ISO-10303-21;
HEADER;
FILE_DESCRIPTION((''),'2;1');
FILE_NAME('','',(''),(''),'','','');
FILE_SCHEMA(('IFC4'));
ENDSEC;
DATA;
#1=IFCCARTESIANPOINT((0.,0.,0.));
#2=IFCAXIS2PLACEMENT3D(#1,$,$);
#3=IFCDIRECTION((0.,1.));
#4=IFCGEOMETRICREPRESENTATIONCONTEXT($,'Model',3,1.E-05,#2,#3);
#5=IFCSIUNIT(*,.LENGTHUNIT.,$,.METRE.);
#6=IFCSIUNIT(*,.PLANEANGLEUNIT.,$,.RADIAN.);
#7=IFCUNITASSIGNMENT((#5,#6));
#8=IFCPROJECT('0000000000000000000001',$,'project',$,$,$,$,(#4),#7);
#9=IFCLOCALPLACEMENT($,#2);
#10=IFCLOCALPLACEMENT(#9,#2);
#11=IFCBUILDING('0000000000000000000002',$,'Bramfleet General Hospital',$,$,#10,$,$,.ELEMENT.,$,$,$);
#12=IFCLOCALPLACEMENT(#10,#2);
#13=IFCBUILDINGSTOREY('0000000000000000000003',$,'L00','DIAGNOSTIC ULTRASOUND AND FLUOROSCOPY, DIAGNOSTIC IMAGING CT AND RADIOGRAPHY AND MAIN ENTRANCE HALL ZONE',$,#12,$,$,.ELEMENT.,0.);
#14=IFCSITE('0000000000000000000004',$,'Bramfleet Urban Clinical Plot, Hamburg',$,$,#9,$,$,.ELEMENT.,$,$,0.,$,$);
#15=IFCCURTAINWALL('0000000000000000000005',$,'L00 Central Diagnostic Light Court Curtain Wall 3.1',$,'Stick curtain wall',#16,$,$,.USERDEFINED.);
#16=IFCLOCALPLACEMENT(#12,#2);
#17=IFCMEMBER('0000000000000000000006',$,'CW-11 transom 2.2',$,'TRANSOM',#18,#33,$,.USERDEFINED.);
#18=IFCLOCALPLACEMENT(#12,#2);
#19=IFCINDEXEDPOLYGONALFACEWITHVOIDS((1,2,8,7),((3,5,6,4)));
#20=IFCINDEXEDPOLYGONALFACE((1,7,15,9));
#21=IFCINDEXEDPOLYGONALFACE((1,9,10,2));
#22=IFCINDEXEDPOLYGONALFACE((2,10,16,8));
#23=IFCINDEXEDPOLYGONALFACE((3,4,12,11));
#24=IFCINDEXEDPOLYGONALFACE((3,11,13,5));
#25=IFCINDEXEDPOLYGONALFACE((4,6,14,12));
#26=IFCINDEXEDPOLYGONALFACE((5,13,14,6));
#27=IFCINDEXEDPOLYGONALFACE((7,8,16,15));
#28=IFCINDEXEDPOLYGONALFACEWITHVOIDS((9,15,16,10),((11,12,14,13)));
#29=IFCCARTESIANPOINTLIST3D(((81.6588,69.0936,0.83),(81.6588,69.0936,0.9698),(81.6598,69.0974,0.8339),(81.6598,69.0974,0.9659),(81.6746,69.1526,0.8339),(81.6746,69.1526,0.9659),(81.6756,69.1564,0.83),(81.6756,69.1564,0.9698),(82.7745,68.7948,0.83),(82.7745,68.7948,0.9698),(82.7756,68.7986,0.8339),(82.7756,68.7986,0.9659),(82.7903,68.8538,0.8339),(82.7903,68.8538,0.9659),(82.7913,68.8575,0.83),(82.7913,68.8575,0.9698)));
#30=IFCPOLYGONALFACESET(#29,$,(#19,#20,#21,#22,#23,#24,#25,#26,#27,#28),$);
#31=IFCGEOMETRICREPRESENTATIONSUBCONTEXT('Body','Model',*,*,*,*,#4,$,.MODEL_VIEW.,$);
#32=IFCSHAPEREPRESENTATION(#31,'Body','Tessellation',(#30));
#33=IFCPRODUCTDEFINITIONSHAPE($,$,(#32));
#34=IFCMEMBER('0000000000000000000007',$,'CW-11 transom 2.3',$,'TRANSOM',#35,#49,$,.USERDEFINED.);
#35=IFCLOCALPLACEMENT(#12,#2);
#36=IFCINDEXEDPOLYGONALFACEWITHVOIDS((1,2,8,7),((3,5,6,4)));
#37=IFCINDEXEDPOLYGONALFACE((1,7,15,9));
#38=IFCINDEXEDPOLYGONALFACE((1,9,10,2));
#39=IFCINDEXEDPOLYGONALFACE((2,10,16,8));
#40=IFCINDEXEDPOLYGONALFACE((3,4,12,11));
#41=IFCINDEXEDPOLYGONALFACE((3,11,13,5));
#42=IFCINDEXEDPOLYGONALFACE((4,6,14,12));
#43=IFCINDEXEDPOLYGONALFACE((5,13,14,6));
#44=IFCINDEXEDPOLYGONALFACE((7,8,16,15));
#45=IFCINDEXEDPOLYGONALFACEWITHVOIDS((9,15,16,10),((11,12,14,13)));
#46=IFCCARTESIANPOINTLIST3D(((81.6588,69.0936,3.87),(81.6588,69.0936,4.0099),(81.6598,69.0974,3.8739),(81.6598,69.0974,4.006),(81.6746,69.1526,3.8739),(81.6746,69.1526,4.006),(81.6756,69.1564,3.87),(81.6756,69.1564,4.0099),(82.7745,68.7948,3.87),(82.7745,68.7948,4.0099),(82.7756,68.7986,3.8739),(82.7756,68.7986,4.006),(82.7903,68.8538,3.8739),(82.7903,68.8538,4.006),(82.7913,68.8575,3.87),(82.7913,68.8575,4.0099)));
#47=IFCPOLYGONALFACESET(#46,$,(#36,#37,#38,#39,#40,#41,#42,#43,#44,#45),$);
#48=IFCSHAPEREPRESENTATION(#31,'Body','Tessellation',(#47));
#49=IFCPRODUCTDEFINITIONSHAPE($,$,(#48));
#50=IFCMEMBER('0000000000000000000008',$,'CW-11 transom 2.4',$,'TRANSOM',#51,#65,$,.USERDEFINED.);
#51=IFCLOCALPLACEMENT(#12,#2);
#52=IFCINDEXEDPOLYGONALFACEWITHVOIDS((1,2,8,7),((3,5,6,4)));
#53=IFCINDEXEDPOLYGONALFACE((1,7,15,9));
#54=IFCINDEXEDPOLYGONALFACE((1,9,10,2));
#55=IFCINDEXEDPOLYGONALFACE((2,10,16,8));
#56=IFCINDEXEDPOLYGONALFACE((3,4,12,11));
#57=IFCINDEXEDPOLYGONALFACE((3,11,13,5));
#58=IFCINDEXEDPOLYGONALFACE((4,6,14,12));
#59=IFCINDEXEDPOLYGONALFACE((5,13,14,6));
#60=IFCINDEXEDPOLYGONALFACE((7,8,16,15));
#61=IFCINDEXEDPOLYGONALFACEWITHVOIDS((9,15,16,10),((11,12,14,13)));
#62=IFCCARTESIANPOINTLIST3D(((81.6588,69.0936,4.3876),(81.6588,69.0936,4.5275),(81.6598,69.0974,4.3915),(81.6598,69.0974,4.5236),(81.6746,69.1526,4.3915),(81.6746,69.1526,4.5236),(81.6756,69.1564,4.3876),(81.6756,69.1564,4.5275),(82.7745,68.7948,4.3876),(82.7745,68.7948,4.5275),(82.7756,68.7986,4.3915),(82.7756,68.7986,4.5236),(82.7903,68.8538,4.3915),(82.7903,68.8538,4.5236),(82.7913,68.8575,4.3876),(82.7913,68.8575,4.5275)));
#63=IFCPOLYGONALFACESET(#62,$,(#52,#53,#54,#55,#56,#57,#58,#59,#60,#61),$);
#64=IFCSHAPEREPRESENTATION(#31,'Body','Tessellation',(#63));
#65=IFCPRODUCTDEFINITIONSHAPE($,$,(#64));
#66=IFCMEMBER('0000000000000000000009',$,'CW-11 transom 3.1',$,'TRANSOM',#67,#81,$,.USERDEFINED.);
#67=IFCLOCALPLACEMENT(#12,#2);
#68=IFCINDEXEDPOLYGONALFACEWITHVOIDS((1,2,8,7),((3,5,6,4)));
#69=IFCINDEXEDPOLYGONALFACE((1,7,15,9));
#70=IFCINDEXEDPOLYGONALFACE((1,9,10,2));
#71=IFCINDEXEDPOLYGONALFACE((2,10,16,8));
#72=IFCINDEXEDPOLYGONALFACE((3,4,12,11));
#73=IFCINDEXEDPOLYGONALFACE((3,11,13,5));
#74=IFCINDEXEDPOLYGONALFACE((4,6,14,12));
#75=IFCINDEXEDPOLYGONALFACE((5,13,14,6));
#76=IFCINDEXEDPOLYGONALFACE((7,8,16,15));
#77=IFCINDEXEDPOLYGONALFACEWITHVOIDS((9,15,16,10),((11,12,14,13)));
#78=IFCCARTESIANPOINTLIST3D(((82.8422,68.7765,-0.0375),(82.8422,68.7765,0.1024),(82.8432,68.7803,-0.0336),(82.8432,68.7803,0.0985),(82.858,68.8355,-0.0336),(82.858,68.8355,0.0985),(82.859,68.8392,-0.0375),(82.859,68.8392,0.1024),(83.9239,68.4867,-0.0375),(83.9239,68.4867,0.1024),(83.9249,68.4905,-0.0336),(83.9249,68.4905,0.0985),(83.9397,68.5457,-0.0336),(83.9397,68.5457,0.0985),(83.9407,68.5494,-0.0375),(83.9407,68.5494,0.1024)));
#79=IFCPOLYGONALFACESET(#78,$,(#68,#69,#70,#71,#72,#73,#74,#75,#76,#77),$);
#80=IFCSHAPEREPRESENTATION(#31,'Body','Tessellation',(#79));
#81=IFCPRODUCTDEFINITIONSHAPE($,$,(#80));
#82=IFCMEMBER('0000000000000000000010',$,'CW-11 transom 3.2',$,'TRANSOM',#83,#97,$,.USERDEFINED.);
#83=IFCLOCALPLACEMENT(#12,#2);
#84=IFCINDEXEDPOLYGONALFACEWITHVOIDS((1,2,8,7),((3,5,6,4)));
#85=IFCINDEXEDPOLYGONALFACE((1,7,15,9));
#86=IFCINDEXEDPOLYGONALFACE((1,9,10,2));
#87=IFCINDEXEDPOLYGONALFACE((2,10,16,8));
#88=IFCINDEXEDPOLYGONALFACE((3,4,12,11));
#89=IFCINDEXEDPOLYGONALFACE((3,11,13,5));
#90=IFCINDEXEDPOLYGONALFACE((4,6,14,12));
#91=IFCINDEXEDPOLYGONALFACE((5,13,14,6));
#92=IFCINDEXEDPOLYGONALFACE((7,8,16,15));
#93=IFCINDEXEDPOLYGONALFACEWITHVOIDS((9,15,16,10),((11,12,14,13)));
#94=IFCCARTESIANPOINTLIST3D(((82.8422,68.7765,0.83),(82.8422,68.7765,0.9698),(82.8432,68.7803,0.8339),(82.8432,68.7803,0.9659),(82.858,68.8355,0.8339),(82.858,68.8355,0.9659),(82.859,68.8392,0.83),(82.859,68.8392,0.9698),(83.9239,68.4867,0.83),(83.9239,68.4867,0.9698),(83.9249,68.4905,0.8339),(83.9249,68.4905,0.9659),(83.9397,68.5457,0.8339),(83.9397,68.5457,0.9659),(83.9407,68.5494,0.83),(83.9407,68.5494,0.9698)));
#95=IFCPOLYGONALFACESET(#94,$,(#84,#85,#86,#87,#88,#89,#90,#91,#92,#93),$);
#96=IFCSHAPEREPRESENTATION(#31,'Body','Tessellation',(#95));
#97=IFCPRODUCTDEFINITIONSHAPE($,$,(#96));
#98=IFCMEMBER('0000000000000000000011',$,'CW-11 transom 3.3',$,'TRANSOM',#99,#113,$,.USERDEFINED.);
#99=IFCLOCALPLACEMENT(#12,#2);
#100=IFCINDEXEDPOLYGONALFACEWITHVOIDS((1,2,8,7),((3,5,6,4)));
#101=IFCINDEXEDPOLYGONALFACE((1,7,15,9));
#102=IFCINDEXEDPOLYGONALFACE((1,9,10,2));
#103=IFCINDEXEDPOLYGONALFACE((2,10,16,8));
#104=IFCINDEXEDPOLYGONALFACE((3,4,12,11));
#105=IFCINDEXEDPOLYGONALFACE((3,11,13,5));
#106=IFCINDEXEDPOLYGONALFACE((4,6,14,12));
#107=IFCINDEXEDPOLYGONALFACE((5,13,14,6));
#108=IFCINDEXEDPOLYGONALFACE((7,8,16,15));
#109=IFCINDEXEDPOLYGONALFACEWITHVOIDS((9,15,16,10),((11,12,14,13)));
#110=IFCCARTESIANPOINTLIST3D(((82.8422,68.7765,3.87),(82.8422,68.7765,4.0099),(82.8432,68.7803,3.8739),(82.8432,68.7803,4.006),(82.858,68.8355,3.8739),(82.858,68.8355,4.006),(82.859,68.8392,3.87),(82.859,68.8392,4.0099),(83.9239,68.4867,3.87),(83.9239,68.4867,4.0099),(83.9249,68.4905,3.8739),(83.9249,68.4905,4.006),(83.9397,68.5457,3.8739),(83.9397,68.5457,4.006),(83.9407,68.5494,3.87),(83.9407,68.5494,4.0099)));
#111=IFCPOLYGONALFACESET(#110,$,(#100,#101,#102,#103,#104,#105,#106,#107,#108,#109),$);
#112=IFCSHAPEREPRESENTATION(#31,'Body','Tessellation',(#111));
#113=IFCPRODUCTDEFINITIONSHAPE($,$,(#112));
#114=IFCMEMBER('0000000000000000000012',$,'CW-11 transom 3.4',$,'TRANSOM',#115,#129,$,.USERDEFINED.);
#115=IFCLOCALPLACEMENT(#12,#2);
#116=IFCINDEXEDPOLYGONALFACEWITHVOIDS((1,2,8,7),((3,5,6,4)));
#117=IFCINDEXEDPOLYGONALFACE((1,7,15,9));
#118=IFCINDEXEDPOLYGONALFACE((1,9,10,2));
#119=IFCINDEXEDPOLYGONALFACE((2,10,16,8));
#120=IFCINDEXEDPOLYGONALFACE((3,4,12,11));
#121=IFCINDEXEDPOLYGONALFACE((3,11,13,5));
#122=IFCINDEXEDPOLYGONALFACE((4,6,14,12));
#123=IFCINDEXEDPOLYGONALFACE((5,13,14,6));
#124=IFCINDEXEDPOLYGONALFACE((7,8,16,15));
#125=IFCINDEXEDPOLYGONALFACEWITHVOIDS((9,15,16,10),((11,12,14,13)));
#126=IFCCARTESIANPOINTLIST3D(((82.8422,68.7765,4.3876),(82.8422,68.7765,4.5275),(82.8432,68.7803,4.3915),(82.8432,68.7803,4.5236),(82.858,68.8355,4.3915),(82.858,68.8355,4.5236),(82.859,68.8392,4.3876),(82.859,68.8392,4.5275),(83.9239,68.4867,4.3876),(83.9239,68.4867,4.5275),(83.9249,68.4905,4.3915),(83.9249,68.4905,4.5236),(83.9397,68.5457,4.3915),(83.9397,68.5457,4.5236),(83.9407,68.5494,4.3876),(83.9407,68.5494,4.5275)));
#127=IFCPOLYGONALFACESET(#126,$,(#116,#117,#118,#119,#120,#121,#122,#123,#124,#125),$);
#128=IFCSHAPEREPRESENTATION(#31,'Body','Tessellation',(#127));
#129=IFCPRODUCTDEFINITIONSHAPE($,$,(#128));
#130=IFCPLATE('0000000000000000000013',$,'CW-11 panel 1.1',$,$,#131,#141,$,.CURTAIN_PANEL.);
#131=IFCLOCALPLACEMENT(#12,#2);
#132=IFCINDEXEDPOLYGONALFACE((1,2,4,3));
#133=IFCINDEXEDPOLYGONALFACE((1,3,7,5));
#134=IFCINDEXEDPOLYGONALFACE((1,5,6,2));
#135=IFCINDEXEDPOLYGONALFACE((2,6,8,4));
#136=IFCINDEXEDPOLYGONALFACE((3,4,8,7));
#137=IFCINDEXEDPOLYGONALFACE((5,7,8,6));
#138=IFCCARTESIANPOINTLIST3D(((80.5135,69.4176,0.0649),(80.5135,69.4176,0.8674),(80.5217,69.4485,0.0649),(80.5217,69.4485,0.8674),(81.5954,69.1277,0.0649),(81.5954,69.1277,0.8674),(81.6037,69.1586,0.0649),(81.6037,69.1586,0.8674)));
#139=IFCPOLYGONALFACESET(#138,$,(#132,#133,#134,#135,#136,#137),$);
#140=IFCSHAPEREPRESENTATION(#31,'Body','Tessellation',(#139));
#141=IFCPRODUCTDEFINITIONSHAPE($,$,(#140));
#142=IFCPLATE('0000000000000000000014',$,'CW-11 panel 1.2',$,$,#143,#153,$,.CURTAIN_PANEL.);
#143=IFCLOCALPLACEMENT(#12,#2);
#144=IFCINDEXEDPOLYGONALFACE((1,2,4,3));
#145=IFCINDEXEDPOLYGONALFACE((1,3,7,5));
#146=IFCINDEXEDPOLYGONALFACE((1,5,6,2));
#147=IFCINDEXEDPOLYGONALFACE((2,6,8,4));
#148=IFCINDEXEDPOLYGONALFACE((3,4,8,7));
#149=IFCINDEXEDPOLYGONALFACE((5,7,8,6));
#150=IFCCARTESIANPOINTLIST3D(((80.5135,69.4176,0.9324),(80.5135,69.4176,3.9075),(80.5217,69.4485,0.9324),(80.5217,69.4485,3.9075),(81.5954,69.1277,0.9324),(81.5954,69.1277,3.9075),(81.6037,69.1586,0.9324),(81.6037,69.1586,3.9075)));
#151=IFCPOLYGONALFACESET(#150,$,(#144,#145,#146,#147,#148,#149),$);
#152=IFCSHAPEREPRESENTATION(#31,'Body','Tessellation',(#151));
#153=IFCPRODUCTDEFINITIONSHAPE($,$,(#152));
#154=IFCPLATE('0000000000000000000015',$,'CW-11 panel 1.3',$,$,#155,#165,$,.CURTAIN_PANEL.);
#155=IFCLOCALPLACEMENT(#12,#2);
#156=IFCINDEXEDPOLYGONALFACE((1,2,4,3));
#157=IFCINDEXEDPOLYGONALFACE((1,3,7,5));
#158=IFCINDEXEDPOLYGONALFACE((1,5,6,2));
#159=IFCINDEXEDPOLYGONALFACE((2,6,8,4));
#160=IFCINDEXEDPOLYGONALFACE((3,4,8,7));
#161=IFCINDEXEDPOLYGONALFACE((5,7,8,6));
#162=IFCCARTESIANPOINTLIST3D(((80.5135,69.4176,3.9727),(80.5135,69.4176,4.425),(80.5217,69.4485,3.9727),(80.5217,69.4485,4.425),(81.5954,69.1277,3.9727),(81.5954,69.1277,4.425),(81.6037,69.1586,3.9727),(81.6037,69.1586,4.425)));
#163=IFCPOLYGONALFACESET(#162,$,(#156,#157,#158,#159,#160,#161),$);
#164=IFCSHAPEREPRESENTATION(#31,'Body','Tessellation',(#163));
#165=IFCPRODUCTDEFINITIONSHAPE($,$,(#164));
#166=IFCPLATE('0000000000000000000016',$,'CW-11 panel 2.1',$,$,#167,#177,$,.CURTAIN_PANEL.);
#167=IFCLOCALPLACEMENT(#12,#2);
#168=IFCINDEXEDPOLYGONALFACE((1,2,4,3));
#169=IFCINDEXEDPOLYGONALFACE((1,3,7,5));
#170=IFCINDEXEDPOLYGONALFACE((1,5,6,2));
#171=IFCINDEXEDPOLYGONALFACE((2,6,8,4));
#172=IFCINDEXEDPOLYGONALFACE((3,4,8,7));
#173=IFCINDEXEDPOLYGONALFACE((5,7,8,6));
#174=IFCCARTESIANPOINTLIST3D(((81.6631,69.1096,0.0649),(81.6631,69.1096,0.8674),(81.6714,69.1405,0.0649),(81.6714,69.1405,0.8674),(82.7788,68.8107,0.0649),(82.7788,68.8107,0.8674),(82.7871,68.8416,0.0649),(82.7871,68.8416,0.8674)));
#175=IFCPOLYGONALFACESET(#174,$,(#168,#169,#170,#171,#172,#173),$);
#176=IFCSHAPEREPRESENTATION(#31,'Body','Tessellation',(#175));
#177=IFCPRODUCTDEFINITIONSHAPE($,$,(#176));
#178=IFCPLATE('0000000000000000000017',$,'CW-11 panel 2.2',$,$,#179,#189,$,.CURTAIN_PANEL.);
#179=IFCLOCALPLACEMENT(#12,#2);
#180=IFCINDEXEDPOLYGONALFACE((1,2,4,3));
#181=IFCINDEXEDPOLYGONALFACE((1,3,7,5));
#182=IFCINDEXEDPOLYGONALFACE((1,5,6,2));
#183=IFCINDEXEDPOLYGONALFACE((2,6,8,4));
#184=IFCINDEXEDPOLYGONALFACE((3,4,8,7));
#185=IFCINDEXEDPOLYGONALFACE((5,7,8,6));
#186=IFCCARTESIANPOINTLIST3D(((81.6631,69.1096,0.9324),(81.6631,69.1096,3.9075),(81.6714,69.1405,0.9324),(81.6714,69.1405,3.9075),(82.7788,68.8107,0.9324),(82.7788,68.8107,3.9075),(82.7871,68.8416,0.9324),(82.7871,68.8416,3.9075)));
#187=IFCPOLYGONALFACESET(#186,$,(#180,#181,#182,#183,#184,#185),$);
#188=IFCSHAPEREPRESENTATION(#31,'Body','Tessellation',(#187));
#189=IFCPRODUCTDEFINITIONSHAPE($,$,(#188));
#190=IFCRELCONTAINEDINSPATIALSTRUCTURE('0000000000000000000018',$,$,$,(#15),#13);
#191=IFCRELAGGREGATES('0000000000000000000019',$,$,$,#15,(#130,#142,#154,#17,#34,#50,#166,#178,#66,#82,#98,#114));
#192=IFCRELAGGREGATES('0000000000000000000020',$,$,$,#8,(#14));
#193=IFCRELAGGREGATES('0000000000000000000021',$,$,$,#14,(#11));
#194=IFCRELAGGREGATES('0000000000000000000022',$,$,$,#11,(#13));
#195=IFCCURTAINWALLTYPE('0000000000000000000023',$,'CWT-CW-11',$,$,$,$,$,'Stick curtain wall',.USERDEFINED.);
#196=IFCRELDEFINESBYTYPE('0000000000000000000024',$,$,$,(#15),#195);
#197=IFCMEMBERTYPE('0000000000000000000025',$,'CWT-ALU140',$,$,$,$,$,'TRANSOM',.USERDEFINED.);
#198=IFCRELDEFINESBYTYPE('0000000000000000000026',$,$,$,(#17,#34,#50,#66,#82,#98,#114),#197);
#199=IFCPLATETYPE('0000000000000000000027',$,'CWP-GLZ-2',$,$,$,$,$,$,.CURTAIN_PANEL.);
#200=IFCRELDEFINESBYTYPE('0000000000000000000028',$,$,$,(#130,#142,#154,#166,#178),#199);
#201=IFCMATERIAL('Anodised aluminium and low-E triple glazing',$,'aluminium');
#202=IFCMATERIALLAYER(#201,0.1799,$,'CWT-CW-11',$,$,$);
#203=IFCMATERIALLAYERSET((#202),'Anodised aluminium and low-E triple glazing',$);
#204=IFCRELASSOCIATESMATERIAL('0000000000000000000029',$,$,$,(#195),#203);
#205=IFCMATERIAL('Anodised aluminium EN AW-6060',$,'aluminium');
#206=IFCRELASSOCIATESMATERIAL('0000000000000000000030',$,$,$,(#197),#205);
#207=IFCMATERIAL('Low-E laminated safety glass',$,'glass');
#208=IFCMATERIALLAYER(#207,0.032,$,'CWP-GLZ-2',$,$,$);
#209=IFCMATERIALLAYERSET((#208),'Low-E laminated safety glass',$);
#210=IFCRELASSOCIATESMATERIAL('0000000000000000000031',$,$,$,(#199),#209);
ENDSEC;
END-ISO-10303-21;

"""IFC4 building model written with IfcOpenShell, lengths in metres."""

from ifc_helpers import new_model, si_unit, direction, frame, origin, origin_2d, place, context, subcontext, project, spatial, rectangle, hollow_rectangle, extrude, material, layer, layer_set, material_profile, profile_set, type_object, element, aggregate, save


model = new_model("IFC4")

# Units and contexts
model_context = context("Model", 3, precision=1e-05, world=origin(), true_north=direction((0.0, 1.0)))
body_context = subcontext(model_context, "Body", "Model", "MODEL_VIEW")
ifc_project = project(units=[si_unit("LENGTHUNIT", "METRE"), si_unit("PLANEANGLEUNIT", "RADIAN")], contexts=[model_context])

# Site, building, storey
site_placement = place(None, origin())
site = spatial("IfcSite", under=ifc_project, at=site_placement, Name="Bramfleet Urban Clinical Plot, Hamburg", CompositionType="ELEMENT", RefElevation=0.0)
building_placement = place(site_placement, origin())
building = spatial("IfcBuilding", under=site, at=building_placement, Name="Bramfleet General Hospital", CompositionType="ELEMENT")
storey_placement = place(building_placement, origin())
storey = spatial("IfcBuildingStorey", under=building, at=storey_placement, Name="L00", Description="DIAGNOSTIC ULTRASOUND AND FLUOROSCOPY, DIAGNOSTIC IMAGING CT AND RADIOGRAPHY AND MAIN ENTRANCE HALL ZONE", CompositionType="ELEMENT", Elevation=0.0)

# Shared definitions
ifc_material_1 = material(Name="Anodised aluminium and low-E triple glazing", Category="aluminium")
ifc_material_2 = material(Name="Anodised aluminium EN AW-6060", Category="aluminium")

# Curtain wall, members, plates
ifc_layer_1 = layer(ifc_material_1, 0.1799, Name="CWT-CW-11")
ifc_layer_set_1 = layer_set([ifc_layer_1], Name="Anodised aluminium and low-E triple glazing")
curtain_wall_type_1 = type_object("IfcCurtainWallType", Name="CWT-CW-11", ElementType="Stick curtain wall", PredefinedType="USERDEFINED", material=ifc_layer_set_1)
curtain_wall_1_placement = place(storey_placement, origin())
curtain_wall_1 = element("IfcCurtainWall", 1, at=curtain_wall_1_placement, inside=storey, type_object=curtain_wall_type_1, Name="L00 Central Diagnostic Light Court Curtain Wall 3.1", ObjectType="Stick curtain wall", PredefinedType="USERDEFINED")
ifc_material_profile_1 = material_profile(ifc_material_2, hollow_rectangle(XDim=0.0649, YDim=0.1399, WallThickness=0.0039, at=origin_2d()), Name="ALU 140x65x4.0")
ifc_profile_set_1 = profile_set([ifc_material_profile_1], Name="Anodised aluminium EN AW-6060")
member_type_1 = type_object("IfcMemberType", Name="CWT-ALU140", ElementType="TRANSOM", PredefinedType="USERDEFINED", material=ifc_profile_set_1)
member_1_placement = place(storey_placement, frame((81.6672, 69.125, 0.8999), z_axis=(0.965954, -0.258715, 0.0), x_axis=(0.258715, 0.965954, 0.0)))
member_1 = element("IfcMember", 2, at=member_1_placement, type_object=member_type_1, Name="CW-11 transom 2.2", ObjectType="TRANSOM", PredefinedType="USERDEFINED", context=body_context, shape_type="SweptSolid", body=[
    extrude(hollow_rectangle(XDim=0.0649, YDim=0.1399, WallThickness=0.0039, at=origin_2d()), origin(), (0.0, 0.0, 1.0), 1.155),
])
member_2_placement = place(storey_placement, frame((81.6672, 69.125, 3.9399), z_axis=(0.965954, -0.258715, 0.0), x_axis=(0.258715, 0.965954, 0.0)))
member_2 = element("IfcMember", 3, at=member_2_placement, type_object=member_type_1, Name="CW-11 transom 2.3", ObjectType="TRANSOM", PredefinedType="USERDEFINED", context=body_context, shape_type="SweptSolid", body=[
    extrude(hollow_rectangle(XDim=0.0649, YDim=0.1399, WallThickness=0.0039, at=origin_2d()), origin(), (0.0, 0.0, 1.0), 1.155),
])
member_3_placement = place(storey_placement, frame((81.6672, 69.125, 4.4575), z_axis=(0.965954, -0.258715, 0.0), x_axis=(0.258715, 0.965954, 0.0)))
member_3 = element("IfcMember", 4, at=member_3_placement, type_object=member_type_1, Name="CW-11 transom 2.4", ObjectType="TRANSOM", PredefinedType="USERDEFINED", context=body_context, shape_type="SweptSolid", body=[
    extrude(hollow_rectangle(XDim=0.0649, YDim=0.1399, WallThickness=0.0039, at=origin_2d()), origin(), (0.0, 0.0, 1.0), 1.155),
])
member_4_placement = place(storey_placement, frame((82.8506, 68.8079, 0.0325), z_axis=(0.965941, -0.258762, 0.0), x_axis=(0.258762, 0.965941, 0.0)))
member_4 = element("IfcMember", 5, at=member_4_placement, type_object=member_type_1, Name="CW-11 transom 3.1", ObjectType="TRANSOM", PredefinedType="USERDEFINED", context=body_context, shape_type="SweptSolid", body=[
    extrude(hollow_rectangle(XDim=0.0649, YDim=0.1399, WallThickness=0.0039, at=origin_2d()), origin(), (0.0, 0.0, 1.0), 1.1199),
])
member_5_placement = place(storey_placement, frame((82.8506, 68.8079, 0.8999), z_axis=(0.965941, -0.258762, 0.0), x_axis=(0.258762, 0.965941, 0.0)))
member_5 = element("IfcMember", 6, at=member_5_placement, type_object=member_type_1, Name="CW-11 transom 3.2", ObjectType="TRANSOM", PredefinedType="USERDEFINED", context=body_context, shape_type="SweptSolid", body=[
    extrude(hollow_rectangle(XDim=0.0649, YDim=0.1399, WallThickness=0.0039, at=origin_2d()), origin(), (0.0, 0.0, 1.0), 1.1199),
])
member_6_placement = place(storey_placement, frame((82.8506, 68.8079, 3.9399), z_axis=(0.965941, -0.258762, 0.0), x_axis=(0.258762, 0.965941, 0.0)))
member_6 = element("IfcMember", 7, at=member_6_placement, type_object=member_type_1, Name="CW-11 transom 3.3", ObjectType="TRANSOM", PredefinedType="USERDEFINED", context=body_context, shape_type="SweptSolid", body=[
    extrude(hollow_rectangle(XDim=0.0649, YDim=0.1399, WallThickness=0.0039, at=origin_2d()), origin(), (0.0, 0.0, 1.0), 1.1199),
])
member_7_placement = place(storey_placement, frame((82.8506, 68.8079, 4.4575), z_axis=(0.965941, -0.258762, 0.0), x_axis=(0.258762, 0.965941, 0.0)))
member_7 = element("IfcMember", 8, at=member_7_placement, type_object=member_type_1, Name="CW-11 transom 3.4", ObjectType="TRANSOM", PredefinedType="USERDEFINED", context=body_context, shape_type="SweptSolid", body=[
    extrude(hollow_rectangle(XDim=0.0649, YDim=0.1399, WallThickness=0.0039, at=origin_2d()), origin(), (0.0, 0.0, 1.0), 1.1199),
])
ifc_material_3 = material(Name="Low-E laminated safety glass", Category="glass")
ifc_layer_2 = layer(ifc_material_3, 0.032, Name="CWP-GLZ-2")
ifc_layer_set_2 = layer_set([ifc_layer_2], Name="Low-E laminated safety glass")
plate_type = type_object("IfcPlateType", Name="CWP-GLZ-2", PredefinedType="CURTAIN_PANEL", material=ifc_layer_set_2)
plate_1_placement = place(storey_placement, frame((81.0586, 69.2881, 0.0649), z_axis=(0.0, 0.0, 1.0), x_axis=(0.965941, -0.258763, 0.0)))
plate_1 = element("IfcPlate", 9, at=plate_1_placement, type_object=plate_type, Name="CW-11 panel 1.1", PredefinedType="CURTAIN_PANEL", context=body_context, shape_type="SweptSolid", body=[
    extrude(rectangle(XDim=1.1201, YDim=0.032, at=origin_2d()), origin(), (0.0, 0.0, 1.0), 0.8025),
])
plate_2_placement = place(storey_placement, frame((81.0586, 69.2881, 0.9324), z_axis=(0.0, 0.0, 1.0), x_axis=(0.965941, -0.258763, 0.0)))
plate_2 = element("IfcPlate", 10, at=plate_2_placement, type_object=plate_type, Name="CW-11 panel 1.2", PredefinedType="CURTAIN_PANEL", context=body_context, shape_type="SweptSolid", body=[
    extrude(rectangle(XDim=1.1201, YDim=0.032, at=origin_2d()), origin(), (0.0, 0.0, 1.0), 2.9751),
])
plate_3_placement = place(storey_placement, frame((81.0586, 69.2881, 3.9727), z_axis=(0.0, 0.0, 1.0), x_axis=(0.965941, -0.258763, 0.0)))
plate_3 = element("IfcPlate", 11, at=plate_3_placement, type_object=plate_type, Name="CW-11 panel 1.3", PredefinedType="CURTAIN_PANEL", context=body_context, shape_type="SweptSolid", body=[
    extrude(rectangle(XDim=1.1201, YDim=0.032, at=origin_2d()), origin(), (0.0, 0.0, 1.0), 0.4524),
])
plate_4_placement = place(storey_placement, frame((82.2251, 68.9756, 0.0649), z_axis=(0.0, 0.0, 1.0), x_axis=(0.965941, -0.258763, 0.0)))
plate_4 = element("IfcPlate", 12, at=plate_4_placement, type_object=plate_type, Name="CW-11 panel 2.1", PredefinedType="CURTAIN_PANEL", context=body_context, shape_type="SweptSolid", body=[
    extrude(rectangle(XDim=1.155, YDim=0.032, at=origin_2d()), origin(), (0.0, 0.0, 1.0), 0.8025),
])
plate_5_placement = place(storey_placement, frame((82.2251, 68.9756, 0.9324), z_axis=(0.0, 0.0, 1.0), x_axis=(0.965941, -0.258763, 0.0)))
plate_5 = element("IfcPlate", 13, at=plate_5_placement, type_object=plate_type, Name="CW-11 panel 2.2", PredefinedType="CURTAIN_PANEL", context=body_context, shape_type="SweptSolid", body=[
    extrude(rectangle(XDim=1.155, YDim=0.032, at=origin_2d()), origin(), (0.0, 0.0, 1.0), 2.9751),
])
aggregate(curtain_wall_1, [plate_1, plate_2, plate_3, member_1, member_2, member_3, plate_4, plate_5, member_4, member_5, member_6, member_7])

save(model, "model.ifc")
